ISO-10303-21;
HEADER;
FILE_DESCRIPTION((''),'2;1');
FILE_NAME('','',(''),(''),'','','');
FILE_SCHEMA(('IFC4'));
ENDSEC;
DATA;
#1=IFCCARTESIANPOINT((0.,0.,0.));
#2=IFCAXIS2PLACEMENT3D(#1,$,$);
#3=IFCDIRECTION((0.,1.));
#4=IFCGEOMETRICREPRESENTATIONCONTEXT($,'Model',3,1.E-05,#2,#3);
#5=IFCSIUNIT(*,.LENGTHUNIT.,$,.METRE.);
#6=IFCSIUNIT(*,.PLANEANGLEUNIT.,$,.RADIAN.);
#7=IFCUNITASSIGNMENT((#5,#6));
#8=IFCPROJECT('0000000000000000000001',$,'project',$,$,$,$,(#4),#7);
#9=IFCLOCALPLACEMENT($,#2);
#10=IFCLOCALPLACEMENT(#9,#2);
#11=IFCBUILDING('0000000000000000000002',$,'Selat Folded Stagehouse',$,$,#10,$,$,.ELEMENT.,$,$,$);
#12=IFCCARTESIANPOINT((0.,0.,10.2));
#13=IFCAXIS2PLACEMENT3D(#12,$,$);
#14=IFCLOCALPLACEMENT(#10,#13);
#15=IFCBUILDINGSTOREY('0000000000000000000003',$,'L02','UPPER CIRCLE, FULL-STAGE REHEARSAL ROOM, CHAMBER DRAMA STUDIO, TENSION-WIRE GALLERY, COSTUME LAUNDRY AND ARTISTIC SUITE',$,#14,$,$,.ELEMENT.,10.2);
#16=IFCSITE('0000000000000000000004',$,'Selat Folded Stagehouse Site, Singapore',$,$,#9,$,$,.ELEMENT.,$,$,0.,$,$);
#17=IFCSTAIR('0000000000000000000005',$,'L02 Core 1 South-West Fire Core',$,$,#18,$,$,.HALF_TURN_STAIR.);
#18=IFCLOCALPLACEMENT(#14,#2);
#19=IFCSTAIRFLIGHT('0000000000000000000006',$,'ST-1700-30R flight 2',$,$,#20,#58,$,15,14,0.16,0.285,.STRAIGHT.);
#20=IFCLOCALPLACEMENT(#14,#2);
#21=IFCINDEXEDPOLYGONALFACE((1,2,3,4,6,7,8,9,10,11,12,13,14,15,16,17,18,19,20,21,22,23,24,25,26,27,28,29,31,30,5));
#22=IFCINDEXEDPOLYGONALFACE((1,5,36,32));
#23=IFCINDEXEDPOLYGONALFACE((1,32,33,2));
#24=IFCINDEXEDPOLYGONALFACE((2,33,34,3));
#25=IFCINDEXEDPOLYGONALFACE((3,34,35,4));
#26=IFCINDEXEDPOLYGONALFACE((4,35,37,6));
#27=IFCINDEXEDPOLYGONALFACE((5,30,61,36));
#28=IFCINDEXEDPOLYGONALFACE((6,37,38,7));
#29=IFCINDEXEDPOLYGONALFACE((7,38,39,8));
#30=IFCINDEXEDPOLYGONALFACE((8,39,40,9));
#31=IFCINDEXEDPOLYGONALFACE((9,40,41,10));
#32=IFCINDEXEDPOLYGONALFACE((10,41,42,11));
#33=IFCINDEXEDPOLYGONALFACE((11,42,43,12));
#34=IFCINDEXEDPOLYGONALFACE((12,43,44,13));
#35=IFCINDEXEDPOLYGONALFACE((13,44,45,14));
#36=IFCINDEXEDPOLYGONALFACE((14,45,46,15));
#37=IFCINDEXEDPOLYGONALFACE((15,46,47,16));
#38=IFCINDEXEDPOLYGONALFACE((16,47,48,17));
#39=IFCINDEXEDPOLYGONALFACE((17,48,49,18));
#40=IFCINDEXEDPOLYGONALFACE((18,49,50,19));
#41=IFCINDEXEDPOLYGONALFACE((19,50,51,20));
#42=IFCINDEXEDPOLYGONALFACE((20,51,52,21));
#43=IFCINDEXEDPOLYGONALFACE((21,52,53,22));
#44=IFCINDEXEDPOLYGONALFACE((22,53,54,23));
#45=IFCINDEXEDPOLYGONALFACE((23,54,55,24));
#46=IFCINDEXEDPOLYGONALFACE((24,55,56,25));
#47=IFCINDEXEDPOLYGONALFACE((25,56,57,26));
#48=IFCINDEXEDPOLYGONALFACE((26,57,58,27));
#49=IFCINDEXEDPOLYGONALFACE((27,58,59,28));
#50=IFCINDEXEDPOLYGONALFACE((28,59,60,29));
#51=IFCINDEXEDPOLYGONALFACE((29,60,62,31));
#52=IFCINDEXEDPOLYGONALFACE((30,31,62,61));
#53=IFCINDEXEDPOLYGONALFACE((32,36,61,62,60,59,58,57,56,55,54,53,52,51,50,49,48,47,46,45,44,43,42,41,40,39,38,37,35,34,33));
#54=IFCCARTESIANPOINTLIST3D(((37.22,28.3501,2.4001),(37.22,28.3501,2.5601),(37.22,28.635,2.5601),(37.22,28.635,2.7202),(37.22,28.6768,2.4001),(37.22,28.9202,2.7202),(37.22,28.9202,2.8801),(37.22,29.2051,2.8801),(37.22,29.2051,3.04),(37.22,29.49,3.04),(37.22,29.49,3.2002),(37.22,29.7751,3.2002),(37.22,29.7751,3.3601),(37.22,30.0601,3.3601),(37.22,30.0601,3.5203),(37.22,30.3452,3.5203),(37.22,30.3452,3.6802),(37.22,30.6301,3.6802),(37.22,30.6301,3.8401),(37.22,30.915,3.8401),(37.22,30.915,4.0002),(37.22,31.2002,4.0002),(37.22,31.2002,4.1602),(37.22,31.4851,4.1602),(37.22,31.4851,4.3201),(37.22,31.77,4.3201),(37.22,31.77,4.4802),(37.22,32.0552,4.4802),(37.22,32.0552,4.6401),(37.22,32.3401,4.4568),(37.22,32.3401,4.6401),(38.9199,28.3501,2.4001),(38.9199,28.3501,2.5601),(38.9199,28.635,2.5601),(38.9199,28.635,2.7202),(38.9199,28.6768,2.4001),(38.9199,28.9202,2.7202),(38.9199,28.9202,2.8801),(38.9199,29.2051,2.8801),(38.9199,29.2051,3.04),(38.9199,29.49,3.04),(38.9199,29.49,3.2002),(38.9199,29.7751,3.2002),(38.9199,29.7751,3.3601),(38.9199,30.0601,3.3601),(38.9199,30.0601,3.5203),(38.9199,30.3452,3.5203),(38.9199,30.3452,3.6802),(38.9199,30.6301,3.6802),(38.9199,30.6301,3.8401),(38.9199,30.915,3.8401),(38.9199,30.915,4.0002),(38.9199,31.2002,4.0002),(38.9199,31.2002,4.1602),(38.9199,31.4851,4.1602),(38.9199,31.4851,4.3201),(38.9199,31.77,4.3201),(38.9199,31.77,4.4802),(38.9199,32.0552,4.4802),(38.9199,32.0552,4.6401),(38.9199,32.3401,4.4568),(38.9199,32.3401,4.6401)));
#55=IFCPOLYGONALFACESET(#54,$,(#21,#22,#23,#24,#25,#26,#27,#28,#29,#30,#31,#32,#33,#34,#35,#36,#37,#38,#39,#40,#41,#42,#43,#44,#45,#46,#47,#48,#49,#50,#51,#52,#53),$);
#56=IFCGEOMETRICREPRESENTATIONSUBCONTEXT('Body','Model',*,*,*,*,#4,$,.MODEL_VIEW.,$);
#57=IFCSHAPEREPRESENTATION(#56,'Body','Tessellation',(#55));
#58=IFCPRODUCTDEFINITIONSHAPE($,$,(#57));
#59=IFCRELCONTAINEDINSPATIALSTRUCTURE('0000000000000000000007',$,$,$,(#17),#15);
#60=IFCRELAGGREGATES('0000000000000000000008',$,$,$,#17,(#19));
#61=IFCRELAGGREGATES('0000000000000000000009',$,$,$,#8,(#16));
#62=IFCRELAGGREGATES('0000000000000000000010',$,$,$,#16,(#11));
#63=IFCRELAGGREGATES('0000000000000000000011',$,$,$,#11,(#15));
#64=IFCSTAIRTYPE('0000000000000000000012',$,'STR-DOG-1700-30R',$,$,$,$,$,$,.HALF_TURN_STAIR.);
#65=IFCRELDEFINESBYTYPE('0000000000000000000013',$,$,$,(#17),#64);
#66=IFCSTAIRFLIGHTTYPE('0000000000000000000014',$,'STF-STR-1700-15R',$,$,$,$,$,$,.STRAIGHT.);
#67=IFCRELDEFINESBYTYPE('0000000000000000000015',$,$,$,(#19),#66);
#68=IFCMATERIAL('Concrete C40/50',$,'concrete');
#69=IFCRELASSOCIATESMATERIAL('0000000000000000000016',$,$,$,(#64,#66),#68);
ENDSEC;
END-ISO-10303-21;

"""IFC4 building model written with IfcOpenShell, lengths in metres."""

from ifc_helpers import new_model, si_unit, direction, frame, origin, place, context, subcontext, project, spatial, polyline, outline, extrude, material, type_object, element, aggregate, save


model = new_model("IFC4")

# Units and contexts
model_context = context("Model", 3, precision=1e-05, world=origin(), true_north=direction((0.0, 1.0)))
body_context = subcontext(model_context, "Body", "Model", "MODEL_VIEW")
ifc_project = project(units=[si_unit("LENGTHUNIT", "METRE"), si_unit("PLANEANGLEUNIT", "RADIAN")], contexts=[model_context])

# Site, building, storey
site_placement = place(None, origin())
site = spatial("IfcSite", under=ifc_project, at=site_placement, Name="Selat Folded Stagehouse Site, Singapore", CompositionType="ELEMENT", RefElevation=0.0)
building_placement = place(site_placement, origin())
building = spatial("IfcBuilding", under=site, at=building_placement, Name="Selat Folded Stagehouse", CompositionType="ELEMENT")
storey_placement = place(building_placement, frame((0.0, 0.0, 10.2)))
storey = spatial("IfcBuildingStorey", under=building, at=storey_placement, Name="L02", Description="UPPER CIRCLE, FULL-STAGE REHEARSAL ROOM, CHAMBER DRAMA STUDIO, TENSION-WIRE GALLERY, COSTUME LAUNDRY AND ARTISTIC SUITE", CompositionType="ELEMENT", Elevation=10.2)

# Shared definitions
ifc_material_1 = material(Name="Concrete C40/50", Category="concrete")

# Stair, stair flight
stair_type = type_object("IfcStairType", Name="STR-DOG-1700-30R", PredefinedType="HALF_TURN_STAIR", material=ifc_material_1)
stair_placement = place(storey_placement, origin())
stair = element("IfcStair", 1, at=stair_placement, inside=storey, type_object=stair_type, Name="L02 Core 1 South-West Fire Core", PredefinedType="HALF_TURN_STAIR")
stair_flight_type = type_object("IfcStairFlightType", Name="STF-STR-1700-15R", PredefinedType="STRAIGHT", material=ifc_material_1)
stair_flight_1_placement = place(storey_placement, frame((38.0701, 28.3501, 2.4001), z_axis=(0.0, 0.0, 1.0), x_axis=(0.0, 1.0, 0.0)))
stair_flight_1 = element("IfcStairFlight", 2, at=stair_flight_1_placement, type_object=stair_flight_type, Name="ST-1700-30R flight 2", NumberOfRisers=15, NumberOfTreads=14, PredefinedType="STRAIGHT", RiserHeight=0.16, TreadLength=0.285, context=body_context, shape_type="SweptSolid", body=[
    extrude(outline(polyline([(0.0, 0.0), (0.0, 0.1599), (0.2849, 0.1599), (0.2849, 0.3201), (0.5701, 0.3201), (0.5701, 0.48), (0.855, 0.48), (0.855, 0.6399), (1.1399, 0.6399), (1.1399, 0.8), (1.425, 0.8), (1.425, 0.96), (1.71, 0.96), (1.71, 1.1201), (1.9951, 1.1201), (1.9951, 1.28), (2.28, 1.28), (2.28, 1.4399), (2.5649, 1.4399), (2.5649, 1.6001), (2.8501, 1.6001), (2.8501, 1.76), (3.135, 1.76), (3.135, 1.9199), (3.4199, 1.9199), (3.4199, 2.0801), (3.7051, 2.0801), (3.7051, 2.24), (3.99, 2.24), (3.99, 2.3999), (3.99, 2.0566), (0.3267, 0.0), (0.0, 0.0)])), frame((0.0, 0.8501, 0.0), z_axis=(0.0, -1.0, 0.0), x_axis=(1.0, 0.0, 0.0)), (0.0, 0.0, 1.0), 1.7),
])
aggregate(stair, [stair_flight_1])

save(model, "model.ifc")
